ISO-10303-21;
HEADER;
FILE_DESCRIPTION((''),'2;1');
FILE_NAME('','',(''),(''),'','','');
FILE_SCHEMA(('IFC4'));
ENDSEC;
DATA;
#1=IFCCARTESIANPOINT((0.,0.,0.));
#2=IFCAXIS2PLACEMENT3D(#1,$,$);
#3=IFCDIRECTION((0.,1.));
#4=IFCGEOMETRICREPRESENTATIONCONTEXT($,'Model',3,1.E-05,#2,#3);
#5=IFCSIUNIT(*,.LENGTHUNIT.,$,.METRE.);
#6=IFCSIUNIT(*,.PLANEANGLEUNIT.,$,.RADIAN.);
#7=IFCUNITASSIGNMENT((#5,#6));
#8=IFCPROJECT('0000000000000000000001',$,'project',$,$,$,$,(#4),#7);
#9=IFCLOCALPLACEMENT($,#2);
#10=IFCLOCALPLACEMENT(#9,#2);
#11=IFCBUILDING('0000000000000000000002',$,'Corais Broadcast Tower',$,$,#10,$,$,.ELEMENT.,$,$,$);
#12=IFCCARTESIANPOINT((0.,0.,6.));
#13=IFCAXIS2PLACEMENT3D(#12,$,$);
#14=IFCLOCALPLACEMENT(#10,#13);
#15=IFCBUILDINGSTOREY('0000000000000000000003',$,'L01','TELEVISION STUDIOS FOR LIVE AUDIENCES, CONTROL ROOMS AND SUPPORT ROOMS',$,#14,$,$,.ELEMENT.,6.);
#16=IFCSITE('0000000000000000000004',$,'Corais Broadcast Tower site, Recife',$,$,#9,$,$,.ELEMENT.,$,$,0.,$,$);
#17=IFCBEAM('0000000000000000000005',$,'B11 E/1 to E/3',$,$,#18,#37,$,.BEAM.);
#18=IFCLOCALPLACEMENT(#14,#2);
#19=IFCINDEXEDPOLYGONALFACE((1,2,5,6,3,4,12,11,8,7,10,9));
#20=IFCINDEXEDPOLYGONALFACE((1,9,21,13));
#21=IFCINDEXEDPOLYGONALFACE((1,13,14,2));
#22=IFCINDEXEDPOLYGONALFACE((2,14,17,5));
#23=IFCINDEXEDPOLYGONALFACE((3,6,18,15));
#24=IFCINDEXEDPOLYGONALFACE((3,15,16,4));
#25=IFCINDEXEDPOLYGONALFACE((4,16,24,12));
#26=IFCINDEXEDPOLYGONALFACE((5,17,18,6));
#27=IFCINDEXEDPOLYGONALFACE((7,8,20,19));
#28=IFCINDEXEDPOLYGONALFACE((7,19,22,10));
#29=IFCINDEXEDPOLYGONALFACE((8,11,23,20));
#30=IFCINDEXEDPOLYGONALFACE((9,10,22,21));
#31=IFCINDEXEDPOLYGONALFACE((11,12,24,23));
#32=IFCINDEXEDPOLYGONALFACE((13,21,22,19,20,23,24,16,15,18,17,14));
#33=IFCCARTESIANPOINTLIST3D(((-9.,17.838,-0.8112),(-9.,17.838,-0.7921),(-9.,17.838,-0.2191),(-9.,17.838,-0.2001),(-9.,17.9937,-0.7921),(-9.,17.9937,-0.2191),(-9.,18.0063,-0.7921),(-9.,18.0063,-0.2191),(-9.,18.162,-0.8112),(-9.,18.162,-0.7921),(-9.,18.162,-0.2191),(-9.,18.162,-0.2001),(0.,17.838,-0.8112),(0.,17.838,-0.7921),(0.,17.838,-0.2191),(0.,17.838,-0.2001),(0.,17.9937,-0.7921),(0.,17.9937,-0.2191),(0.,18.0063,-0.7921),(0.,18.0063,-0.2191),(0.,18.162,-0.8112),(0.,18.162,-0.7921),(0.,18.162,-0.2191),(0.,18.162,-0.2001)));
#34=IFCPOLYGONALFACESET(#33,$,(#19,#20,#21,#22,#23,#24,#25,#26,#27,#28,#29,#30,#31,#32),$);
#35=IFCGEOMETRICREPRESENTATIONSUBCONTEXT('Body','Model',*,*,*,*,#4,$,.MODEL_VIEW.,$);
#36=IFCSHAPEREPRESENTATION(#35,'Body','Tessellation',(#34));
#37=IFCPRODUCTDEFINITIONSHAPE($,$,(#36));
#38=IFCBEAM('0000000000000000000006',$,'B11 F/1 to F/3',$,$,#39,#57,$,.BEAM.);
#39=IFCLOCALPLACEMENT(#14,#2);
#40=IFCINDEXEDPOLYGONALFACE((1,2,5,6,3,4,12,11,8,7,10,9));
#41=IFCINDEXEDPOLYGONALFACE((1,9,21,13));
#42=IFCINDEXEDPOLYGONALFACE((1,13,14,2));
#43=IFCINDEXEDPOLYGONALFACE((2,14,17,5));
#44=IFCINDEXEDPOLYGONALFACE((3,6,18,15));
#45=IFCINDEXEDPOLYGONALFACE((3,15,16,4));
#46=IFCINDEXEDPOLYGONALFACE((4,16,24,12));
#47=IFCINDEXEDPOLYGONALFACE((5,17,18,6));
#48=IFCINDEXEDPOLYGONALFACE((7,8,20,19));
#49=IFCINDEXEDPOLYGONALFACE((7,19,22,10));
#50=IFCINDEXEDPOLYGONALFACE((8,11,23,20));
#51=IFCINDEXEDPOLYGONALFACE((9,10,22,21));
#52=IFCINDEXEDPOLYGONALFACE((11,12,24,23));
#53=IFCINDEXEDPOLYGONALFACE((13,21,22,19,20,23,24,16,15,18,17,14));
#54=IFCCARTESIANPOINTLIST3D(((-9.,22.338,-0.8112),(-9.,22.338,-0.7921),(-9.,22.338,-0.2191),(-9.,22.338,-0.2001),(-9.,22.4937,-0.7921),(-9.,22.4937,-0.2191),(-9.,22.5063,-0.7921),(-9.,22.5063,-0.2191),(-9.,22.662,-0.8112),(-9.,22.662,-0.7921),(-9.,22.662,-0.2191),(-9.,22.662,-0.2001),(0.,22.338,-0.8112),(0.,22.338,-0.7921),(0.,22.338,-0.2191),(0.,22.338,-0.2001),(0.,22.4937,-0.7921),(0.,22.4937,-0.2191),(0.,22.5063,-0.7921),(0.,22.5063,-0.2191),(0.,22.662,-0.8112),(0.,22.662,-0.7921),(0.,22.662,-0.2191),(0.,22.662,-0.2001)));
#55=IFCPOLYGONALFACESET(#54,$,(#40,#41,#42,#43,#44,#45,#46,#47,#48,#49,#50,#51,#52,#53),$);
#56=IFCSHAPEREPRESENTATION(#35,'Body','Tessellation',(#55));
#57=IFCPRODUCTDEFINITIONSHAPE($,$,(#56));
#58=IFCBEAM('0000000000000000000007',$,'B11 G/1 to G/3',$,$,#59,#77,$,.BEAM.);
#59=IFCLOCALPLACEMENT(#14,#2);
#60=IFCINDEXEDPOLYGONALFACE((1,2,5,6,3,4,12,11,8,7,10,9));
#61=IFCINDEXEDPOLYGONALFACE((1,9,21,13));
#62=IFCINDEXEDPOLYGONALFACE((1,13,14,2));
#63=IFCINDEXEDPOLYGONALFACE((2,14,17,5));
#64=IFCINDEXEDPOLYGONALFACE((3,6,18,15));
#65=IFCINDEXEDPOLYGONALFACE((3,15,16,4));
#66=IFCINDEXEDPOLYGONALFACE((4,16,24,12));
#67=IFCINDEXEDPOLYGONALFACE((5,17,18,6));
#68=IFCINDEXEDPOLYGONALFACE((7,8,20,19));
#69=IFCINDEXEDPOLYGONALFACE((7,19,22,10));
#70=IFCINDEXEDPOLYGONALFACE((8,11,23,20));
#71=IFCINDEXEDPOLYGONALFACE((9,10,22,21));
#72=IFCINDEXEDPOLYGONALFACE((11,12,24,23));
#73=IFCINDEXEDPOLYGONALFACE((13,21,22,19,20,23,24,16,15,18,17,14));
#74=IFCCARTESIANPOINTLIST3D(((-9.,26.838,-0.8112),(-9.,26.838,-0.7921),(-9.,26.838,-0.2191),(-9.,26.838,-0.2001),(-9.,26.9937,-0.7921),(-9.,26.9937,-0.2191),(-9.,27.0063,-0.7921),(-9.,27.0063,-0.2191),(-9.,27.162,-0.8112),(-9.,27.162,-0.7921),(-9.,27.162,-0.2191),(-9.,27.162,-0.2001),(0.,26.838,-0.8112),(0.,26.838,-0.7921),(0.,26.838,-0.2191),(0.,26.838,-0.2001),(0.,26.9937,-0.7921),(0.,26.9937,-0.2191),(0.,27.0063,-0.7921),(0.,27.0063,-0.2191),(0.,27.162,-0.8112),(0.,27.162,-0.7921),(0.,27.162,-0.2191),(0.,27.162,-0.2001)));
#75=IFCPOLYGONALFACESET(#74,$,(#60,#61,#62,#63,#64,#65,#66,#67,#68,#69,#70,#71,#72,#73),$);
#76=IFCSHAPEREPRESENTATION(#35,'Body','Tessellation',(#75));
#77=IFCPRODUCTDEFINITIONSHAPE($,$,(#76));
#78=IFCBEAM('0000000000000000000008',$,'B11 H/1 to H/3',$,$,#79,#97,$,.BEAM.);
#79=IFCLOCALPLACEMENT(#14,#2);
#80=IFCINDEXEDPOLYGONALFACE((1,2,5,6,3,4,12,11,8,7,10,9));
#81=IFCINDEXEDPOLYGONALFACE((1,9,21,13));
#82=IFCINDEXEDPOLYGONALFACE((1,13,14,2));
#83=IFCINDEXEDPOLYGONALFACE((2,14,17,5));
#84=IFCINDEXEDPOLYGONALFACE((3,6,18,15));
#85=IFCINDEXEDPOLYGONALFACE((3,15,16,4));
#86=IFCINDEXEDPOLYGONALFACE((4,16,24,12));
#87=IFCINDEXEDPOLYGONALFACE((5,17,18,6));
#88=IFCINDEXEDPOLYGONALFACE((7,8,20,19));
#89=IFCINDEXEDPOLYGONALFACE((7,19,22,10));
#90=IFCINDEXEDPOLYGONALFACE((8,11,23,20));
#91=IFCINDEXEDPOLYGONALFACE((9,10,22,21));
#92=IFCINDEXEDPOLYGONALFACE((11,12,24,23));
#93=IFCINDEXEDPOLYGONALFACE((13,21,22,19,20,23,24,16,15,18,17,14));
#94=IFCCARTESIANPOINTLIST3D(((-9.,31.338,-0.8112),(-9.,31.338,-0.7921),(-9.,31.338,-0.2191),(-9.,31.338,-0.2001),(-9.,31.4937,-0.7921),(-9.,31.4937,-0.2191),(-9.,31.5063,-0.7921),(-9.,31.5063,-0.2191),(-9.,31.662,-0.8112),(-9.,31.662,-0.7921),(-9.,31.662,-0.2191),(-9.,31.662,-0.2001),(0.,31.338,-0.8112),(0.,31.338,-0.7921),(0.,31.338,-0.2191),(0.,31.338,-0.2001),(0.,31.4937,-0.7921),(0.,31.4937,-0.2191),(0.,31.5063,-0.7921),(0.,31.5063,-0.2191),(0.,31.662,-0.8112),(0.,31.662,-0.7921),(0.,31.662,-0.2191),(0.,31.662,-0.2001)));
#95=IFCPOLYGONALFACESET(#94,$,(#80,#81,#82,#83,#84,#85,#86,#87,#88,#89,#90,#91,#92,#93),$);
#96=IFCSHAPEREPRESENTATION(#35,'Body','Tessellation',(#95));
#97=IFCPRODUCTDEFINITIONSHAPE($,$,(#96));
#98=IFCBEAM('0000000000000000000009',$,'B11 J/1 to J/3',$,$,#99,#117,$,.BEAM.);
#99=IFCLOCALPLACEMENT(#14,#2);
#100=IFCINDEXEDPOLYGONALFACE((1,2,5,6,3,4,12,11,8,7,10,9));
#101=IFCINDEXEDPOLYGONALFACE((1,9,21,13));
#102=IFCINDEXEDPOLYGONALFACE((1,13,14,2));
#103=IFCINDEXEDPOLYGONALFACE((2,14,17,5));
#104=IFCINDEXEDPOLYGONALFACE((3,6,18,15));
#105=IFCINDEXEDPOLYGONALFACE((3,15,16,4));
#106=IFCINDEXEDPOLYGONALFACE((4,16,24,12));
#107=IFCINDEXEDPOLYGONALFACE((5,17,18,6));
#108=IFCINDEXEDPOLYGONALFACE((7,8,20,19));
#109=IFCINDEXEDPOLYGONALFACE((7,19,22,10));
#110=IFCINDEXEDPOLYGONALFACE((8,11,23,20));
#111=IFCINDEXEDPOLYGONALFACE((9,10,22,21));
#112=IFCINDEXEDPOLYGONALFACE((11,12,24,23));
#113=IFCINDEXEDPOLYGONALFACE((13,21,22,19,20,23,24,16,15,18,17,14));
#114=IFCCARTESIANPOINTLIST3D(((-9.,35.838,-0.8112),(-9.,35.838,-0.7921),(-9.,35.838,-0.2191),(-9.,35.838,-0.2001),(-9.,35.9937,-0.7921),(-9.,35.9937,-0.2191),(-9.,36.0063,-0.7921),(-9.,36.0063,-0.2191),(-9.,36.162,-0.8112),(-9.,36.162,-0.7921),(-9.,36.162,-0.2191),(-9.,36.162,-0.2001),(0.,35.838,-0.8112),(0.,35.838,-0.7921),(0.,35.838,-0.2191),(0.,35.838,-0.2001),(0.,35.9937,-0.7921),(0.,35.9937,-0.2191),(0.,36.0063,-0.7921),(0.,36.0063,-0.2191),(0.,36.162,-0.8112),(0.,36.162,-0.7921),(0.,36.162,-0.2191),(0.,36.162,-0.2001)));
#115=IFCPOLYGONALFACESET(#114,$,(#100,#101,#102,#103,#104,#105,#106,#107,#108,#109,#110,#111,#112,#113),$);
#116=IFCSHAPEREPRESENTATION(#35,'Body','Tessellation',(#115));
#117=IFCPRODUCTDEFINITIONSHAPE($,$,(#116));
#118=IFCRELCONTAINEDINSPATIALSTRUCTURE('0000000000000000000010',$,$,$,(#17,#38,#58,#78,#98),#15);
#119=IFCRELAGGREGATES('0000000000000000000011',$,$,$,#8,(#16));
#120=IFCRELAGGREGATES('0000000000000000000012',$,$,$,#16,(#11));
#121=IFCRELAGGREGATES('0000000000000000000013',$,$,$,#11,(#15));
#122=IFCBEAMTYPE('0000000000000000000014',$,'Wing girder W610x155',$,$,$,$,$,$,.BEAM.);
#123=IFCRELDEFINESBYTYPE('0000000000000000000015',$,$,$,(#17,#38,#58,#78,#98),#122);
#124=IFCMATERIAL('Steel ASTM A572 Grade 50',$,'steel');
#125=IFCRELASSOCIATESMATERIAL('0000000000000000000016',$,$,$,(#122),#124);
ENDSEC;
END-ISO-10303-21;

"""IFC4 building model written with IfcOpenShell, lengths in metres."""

from ifc_helpers import new_model, si_unit, direction, frame, origin, origin_2d, place, context, subcontext, project, spatial, i_section, extrude, material, material_profile, profile_set, type_object, element, save


model = new_model("IFC4")

# Units and contexts
model_context = context("Model", 3, precision=1e-05, world=origin(), true_north=direction((0.0, 1.0)))
body_context = subcontext(model_context, "Body", "Model", "MODEL_VIEW")
ifc_project = project(units=[si_unit("LENGTHUNIT", "METRE"), si_unit("PLANEANGLEUNIT", "RADIAN")], contexts=[model_context])

# Site, building, storey
site_placement = place(None, origin())
site = spatial("IfcSite", under=ifc_project, at=site_placement, Name="Corais Broadcast Tower site, Recife", CompositionType="ELEMENT", RefElevation=0.0)
building_placement = place(site_placement, origin())
building = spatial("IfcBuilding", under=site, at=building_placement, Name="Corais Broadcast Tower", CompositionType="ELEMENT")
storey_placement = place(building_placement, frame((0.0, 0.0, 6.0)))
storey = spatial("IfcBuildingStorey", under=building, at=storey_placement, Name="L01", Description="TELEVISION STUDIOS FOR LIVE AUDIENCES, CONTROL ROOMS AND SUPPORT ROOMS", CompositionType="ELEMENT", Elevation=6.0)

# Beams
ifc_material_1 = material(Name="Steel ASTM A572 Grade 50", Category="steel")
ifc_material_profile_1 = material_profile(ifc_material_1, i_section(OverallWidth=0.324, OverallDepth=0.6111, WebThickness=0.0127, FlangeThickness=0.019, at=origin_2d()), Name="W610x155")
ifc_profile_set_1 = profile_set([ifc_material_profile_1], Name="Steel ASTM A572 Grade 50")
beam_type_1 = type_object("IfcBeamType", Name="Wing girder W610x155", PredefinedType="BEAM", material=ifc_profile_set_1)
for number, where, z_axis, x_axis, name in (
    (1, (-9.0, 18.0, -0.5056), (1.0, 0.0, 0.0), (0.0, 1.0, 0.0), "B11 E/1 to E/3"),
    (2, (-9.0, 22.5, -0.5056), (1.0, 0.0, 0.0), (0.0, 1.0, 0.0), "B11 F/1 to F/3"),
    (3, (-9.0, 27.0, -0.5056), (1.0, 0.0, 0.0), (0.0, 1.0, 0.0), "B11 G/1 to G/3"),
    (4, (-9.0, 31.5, -0.5056), (1.0, 0.0, 0.0), (0.0, 1.0, 0.0), "B11 H/1 to H/3"),
    (5, (-9.0, 36.0, -0.5056), (1.0, 0.0, 0.0), (0.0, 1.0, 0.0), "B11 J/1 to J/3"),
):
    element("IfcBeam", number, at=place(storey_placement, frame(where, z_axis=z_axis, x_axis=x_axis)), inside=storey, type_object=beam_type_1, Name=name, PredefinedType="BEAM", context=body_context, shape_type="SweptSolid", body=[
        extrude(i_section(OverallWidth=0.324, OverallDepth=0.6111, WebThickness=0.0127, FlangeThickness=0.019, at=origin_2d()), origin(), (0.0, 0.0, 1.0), 9.0),
    ])

save(model, "model.ifc")
